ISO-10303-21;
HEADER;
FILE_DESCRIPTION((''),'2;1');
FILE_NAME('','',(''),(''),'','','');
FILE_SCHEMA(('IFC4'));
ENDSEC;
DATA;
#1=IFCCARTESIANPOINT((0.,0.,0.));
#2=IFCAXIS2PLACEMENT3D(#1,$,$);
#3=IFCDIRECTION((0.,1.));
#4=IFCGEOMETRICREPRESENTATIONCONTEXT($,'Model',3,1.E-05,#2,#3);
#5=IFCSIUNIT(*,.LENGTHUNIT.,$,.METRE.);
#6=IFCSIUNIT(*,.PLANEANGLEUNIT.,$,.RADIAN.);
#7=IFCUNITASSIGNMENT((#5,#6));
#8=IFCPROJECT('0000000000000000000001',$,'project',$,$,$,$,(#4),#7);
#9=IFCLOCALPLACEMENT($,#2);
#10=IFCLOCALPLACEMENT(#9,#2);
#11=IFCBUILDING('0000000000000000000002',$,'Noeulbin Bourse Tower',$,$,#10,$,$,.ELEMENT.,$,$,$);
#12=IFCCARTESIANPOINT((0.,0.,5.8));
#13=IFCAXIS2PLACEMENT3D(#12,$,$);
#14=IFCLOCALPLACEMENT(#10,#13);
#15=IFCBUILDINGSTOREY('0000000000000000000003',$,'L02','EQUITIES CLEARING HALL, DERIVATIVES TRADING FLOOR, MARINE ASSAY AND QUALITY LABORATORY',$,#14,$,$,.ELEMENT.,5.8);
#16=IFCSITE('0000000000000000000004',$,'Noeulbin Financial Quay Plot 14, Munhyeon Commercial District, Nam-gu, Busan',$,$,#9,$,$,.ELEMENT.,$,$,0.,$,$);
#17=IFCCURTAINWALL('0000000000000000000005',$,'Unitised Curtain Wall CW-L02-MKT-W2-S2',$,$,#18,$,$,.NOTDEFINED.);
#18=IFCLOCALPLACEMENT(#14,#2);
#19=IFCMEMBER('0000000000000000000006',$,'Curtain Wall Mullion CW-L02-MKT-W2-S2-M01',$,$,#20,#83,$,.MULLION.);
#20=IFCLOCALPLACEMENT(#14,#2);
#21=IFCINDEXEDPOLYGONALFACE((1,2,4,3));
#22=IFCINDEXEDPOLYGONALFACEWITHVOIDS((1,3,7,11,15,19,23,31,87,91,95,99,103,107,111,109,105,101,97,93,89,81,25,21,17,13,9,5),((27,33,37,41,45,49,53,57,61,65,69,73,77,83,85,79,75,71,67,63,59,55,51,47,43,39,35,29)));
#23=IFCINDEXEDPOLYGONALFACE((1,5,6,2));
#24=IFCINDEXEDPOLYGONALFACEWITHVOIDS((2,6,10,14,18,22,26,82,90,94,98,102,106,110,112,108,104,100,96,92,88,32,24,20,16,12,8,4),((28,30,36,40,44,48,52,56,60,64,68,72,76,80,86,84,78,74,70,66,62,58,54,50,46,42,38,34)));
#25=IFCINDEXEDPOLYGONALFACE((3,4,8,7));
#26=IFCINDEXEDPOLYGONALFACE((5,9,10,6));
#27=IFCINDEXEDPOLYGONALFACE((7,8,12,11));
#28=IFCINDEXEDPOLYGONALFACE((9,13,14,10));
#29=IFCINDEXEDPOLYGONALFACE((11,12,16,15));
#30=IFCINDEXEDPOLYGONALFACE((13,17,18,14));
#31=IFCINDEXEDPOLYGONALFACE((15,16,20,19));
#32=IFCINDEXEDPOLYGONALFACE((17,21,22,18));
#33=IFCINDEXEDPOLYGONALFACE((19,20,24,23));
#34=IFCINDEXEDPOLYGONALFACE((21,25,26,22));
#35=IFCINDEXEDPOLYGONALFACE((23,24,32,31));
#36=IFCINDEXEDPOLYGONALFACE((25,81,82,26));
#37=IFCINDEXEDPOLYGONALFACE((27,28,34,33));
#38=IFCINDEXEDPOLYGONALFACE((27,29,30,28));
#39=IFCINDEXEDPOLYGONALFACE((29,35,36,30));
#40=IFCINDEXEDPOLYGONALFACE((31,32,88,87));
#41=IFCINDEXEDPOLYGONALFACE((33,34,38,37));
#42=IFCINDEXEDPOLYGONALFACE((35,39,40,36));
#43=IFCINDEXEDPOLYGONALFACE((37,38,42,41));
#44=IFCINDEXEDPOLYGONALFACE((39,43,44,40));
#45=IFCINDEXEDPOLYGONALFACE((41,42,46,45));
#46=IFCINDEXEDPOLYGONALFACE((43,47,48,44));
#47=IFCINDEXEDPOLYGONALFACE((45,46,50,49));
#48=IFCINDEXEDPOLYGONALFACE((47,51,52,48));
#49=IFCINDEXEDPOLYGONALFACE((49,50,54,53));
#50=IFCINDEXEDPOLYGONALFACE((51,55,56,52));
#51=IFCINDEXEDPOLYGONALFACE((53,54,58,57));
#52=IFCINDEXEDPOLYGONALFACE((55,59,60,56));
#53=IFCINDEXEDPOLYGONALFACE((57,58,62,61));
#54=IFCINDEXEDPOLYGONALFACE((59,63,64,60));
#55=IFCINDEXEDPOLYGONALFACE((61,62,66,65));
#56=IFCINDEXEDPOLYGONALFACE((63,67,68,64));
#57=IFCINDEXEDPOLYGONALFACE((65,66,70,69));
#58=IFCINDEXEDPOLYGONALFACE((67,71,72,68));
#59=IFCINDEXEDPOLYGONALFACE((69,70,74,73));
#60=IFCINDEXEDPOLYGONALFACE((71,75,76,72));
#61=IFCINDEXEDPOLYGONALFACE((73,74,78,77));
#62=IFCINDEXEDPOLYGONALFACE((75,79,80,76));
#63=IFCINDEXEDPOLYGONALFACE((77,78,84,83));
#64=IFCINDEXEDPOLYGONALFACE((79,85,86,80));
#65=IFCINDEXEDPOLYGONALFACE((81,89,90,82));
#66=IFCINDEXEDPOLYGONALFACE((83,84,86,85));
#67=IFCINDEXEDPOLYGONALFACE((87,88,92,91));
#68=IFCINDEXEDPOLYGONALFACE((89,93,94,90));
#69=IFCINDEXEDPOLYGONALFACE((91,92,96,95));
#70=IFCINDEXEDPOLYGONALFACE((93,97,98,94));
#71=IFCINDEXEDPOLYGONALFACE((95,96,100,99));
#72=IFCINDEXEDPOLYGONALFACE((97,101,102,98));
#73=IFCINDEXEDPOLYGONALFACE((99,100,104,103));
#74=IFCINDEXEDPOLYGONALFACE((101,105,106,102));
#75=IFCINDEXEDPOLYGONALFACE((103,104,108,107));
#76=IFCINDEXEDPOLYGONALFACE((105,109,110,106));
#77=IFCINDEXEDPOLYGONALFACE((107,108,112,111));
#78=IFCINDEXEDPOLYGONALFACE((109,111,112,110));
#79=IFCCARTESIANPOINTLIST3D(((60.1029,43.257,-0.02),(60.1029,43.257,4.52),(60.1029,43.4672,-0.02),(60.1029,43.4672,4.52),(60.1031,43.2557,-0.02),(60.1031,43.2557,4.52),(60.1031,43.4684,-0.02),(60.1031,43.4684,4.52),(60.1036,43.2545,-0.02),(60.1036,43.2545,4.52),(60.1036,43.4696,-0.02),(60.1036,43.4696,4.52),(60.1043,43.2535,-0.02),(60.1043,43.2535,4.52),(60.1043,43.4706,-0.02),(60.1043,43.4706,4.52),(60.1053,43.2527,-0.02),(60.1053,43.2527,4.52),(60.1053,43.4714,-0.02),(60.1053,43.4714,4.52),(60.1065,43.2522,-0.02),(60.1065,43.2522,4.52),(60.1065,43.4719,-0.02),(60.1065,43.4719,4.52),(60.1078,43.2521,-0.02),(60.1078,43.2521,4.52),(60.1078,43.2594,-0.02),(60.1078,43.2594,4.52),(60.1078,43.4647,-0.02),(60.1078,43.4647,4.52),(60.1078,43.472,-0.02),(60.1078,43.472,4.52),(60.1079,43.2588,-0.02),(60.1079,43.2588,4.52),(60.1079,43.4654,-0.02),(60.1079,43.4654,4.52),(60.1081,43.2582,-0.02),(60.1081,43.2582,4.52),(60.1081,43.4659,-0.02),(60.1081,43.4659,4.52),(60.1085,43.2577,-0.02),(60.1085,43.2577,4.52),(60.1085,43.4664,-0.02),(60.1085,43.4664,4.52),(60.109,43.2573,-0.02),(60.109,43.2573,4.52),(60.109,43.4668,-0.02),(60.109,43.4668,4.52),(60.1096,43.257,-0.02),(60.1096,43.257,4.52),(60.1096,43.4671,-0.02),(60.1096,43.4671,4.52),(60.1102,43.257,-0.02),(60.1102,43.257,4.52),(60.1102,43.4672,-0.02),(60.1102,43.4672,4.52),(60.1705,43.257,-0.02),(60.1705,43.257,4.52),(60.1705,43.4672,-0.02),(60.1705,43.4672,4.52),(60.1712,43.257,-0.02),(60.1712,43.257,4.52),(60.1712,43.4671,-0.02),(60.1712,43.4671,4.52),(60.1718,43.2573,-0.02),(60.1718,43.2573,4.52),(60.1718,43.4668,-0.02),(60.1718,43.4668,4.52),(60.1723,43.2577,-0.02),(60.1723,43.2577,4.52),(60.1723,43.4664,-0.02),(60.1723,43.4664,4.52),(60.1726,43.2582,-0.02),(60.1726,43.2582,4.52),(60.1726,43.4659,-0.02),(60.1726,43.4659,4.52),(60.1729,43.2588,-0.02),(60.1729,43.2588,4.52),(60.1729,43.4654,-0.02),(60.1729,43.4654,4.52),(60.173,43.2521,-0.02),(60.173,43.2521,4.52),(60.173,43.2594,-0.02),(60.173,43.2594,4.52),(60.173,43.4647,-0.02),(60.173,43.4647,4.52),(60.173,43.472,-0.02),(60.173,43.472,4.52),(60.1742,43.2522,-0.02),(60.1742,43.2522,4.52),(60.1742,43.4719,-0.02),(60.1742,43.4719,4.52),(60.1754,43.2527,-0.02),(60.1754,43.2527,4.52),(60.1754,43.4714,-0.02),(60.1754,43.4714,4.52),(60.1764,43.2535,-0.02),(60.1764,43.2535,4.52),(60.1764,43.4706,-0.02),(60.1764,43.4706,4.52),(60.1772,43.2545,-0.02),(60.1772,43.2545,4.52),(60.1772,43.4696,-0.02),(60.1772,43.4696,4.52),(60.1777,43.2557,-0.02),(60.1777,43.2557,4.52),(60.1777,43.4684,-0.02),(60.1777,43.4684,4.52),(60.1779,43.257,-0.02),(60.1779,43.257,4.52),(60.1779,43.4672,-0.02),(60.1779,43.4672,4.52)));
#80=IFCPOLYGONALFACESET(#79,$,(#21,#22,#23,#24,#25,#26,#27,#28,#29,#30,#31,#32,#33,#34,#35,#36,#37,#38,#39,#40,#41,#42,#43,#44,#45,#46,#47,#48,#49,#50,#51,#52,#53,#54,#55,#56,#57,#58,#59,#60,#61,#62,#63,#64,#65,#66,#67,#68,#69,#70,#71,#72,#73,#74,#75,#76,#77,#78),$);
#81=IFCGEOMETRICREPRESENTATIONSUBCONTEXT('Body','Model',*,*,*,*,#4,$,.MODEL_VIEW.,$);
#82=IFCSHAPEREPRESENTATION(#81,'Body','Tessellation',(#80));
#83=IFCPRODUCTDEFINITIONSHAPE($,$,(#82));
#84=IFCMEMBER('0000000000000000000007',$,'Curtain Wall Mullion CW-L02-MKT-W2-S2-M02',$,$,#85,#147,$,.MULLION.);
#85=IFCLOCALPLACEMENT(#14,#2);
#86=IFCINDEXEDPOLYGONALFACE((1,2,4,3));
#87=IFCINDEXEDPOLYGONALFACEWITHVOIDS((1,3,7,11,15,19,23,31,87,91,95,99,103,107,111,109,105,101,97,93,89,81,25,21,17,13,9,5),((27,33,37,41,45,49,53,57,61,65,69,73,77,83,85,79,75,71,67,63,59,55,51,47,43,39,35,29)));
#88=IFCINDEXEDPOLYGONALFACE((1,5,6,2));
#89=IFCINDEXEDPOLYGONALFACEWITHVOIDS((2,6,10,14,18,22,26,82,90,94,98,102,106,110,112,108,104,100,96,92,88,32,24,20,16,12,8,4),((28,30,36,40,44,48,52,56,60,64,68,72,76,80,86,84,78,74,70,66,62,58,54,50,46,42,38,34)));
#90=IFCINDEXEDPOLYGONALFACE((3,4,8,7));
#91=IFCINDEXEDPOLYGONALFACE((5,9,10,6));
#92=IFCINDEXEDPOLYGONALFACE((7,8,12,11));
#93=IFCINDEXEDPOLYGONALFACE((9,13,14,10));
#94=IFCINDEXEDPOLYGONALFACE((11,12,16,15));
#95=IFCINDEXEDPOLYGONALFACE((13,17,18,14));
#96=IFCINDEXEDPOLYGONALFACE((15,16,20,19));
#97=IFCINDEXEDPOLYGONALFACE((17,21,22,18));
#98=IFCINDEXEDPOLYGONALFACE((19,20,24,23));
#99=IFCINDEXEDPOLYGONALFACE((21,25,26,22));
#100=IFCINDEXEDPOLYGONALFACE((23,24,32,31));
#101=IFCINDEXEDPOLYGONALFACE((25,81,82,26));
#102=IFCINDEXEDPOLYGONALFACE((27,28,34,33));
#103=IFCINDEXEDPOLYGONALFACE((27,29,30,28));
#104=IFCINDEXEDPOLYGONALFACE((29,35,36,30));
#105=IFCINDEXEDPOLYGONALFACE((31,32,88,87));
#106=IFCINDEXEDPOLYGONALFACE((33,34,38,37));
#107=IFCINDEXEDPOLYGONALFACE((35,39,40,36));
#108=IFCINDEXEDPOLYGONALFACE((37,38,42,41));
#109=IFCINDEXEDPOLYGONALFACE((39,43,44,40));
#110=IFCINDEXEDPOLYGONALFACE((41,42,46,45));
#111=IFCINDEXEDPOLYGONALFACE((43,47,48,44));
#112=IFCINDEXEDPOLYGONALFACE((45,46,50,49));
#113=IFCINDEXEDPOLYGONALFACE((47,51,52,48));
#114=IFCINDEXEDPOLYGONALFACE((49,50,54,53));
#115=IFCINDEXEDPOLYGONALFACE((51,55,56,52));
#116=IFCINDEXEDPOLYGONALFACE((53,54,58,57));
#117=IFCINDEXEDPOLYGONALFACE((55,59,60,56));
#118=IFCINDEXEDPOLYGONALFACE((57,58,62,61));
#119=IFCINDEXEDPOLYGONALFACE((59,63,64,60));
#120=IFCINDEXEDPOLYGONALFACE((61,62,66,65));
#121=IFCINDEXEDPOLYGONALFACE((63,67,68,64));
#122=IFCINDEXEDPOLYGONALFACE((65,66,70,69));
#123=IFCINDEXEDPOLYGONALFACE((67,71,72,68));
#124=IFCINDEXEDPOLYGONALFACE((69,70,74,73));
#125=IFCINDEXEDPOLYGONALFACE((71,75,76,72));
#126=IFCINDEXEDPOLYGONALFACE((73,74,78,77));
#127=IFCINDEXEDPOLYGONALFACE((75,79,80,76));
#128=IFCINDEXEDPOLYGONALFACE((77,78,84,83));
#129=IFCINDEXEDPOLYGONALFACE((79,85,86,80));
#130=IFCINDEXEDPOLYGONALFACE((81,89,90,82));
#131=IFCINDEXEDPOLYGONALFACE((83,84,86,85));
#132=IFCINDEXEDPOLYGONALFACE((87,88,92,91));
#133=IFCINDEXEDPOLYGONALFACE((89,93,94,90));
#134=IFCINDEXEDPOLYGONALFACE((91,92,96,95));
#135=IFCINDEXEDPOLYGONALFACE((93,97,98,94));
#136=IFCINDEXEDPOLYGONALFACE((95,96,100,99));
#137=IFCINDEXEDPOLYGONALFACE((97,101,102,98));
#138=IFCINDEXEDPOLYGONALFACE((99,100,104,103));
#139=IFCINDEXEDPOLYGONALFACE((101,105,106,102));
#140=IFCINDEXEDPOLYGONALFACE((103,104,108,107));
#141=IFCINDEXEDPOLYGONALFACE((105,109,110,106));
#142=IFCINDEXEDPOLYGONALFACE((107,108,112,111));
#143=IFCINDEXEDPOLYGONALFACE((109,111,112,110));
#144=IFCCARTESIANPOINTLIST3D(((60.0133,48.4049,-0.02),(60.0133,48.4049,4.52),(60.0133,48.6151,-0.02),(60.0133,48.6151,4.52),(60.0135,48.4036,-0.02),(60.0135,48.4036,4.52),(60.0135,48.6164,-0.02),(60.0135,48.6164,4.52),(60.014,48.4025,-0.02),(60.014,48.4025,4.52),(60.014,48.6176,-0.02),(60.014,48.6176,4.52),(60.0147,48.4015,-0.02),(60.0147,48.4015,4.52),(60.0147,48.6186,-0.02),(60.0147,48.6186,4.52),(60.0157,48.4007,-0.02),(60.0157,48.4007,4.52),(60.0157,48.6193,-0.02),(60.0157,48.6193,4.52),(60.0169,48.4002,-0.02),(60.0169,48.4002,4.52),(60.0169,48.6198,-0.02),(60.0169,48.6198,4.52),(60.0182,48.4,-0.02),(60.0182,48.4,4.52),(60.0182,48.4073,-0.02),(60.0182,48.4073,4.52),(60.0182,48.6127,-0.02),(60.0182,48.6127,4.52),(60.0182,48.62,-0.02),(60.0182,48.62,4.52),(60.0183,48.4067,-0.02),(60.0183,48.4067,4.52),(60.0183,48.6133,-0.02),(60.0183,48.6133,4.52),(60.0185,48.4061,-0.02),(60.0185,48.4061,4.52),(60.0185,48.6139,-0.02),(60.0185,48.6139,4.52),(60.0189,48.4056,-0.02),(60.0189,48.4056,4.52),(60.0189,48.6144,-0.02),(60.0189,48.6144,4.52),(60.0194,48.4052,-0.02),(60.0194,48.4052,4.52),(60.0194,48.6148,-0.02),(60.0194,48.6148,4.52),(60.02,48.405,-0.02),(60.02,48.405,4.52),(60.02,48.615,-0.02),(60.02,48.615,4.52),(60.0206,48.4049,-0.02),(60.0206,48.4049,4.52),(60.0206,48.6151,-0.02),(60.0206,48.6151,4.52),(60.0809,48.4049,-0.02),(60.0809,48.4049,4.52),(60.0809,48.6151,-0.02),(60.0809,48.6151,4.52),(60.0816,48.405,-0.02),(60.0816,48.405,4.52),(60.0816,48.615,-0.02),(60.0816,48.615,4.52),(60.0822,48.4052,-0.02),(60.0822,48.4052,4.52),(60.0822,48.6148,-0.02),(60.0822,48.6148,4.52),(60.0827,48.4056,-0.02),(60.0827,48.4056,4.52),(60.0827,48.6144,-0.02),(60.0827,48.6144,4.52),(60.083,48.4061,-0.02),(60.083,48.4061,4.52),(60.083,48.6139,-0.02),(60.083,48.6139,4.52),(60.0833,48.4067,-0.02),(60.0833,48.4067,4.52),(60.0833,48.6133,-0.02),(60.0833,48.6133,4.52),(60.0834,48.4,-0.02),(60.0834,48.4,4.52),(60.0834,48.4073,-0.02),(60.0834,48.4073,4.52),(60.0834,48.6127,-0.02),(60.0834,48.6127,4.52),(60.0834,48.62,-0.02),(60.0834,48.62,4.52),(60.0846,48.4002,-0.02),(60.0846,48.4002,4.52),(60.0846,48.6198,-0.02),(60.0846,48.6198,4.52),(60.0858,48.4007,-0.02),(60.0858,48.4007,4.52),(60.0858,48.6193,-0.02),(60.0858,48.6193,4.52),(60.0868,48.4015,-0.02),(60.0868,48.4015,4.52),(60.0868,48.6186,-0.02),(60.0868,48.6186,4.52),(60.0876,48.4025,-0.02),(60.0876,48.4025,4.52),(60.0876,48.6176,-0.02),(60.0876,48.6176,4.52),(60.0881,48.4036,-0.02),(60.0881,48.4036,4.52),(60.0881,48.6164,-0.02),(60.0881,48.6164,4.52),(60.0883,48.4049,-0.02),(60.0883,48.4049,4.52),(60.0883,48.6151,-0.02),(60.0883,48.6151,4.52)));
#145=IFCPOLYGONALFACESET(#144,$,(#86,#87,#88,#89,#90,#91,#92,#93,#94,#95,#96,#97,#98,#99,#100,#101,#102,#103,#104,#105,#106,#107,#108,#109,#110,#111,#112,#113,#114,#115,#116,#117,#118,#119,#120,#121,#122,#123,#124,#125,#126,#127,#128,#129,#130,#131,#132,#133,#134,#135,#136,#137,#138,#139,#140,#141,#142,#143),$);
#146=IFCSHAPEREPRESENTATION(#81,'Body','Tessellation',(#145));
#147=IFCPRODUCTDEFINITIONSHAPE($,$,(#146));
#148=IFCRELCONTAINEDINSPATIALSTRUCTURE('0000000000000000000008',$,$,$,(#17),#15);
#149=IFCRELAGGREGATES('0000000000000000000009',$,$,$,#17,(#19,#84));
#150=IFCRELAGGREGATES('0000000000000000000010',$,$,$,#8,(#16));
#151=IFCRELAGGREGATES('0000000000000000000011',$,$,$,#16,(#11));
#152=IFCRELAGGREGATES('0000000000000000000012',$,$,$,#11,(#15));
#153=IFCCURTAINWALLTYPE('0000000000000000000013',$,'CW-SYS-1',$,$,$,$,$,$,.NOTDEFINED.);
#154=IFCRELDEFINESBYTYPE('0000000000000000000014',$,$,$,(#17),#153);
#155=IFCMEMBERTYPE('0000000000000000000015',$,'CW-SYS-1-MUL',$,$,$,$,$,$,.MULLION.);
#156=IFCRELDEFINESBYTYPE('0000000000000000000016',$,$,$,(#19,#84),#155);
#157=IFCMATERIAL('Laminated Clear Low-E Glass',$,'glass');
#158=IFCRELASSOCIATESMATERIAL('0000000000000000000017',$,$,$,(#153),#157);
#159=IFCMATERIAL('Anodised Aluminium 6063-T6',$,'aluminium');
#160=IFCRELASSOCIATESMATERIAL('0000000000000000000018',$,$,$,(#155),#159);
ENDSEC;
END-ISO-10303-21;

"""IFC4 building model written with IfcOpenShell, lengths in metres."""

from ifc_helpers import new_model, si_unit, direction, frame, origin, origin_2d, place, context, subcontext, project, spatial, hollow_rectangle, extrude, material, material_profile, profile_set, type_object, element, aggregate, save


model = new_model("IFC4")

# Units and contexts
model_context = context("Model", 3, precision=1e-05, world=origin(), true_north=direction((0.0, 1.0)))
body_context = subcontext(model_context, "Body", "Model", "MODEL_VIEW")
ifc_project = project(units=[si_unit("LENGTHUNIT", "METRE"), si_unit("PLANEANGLEUNIT", "RADIAN")], contexts=[model_context])

# Site, building, storey
site_placement = place(None, origin())
site = spatial("IfcSite", under=ifc_project, at=site_placement, Name="Noeulbin Financial Quay Plot 14, Munhyeon Commercial District, Nam-gu, Busan", CompositionType="ELEMENT", RefElevation=0.0)
building_placement = place(site_placement, origin())
building = spatial("IfcBuilding", under=site, at=building_placement, Name="Noeulbin Bourse Tower", CompositionType="ELEMENT")
storey_placement = place(building_placement, frame((0.0, 0.0, 5.8)))
storey = spatial("IfcBuildingStorey", under=building, at=storey_placement, Name="L02", Description="EQUITIES CLEARING HALL, DERIVATIVES TRADING FLOOR, MARINE ASSAY AND QUALITY LABORATORY", CompositionType="ELEMENT", Elevation=5.8)

# Shared definitions
ifc_material_1 = material(Name="Laminated Clear Low-E Glass", Category="glass")
curtain_wall_type = type_object("IfcCurtainWallType", Name="CW-SYS-1", PredefinedType="NOTDEFINED", material=ifc_material_1)
ifc_material_2 = material(Name="Anodised Aluminium 6063-T6", Category="aluminium")
ifc_material_profile_1 = material_profile(ifc_material_2, hollow_rectangle(XDim=0.075, YDim=0.22, WallThickness=0.0049, InnerFilletRadius=0.0024, OuterFilletRadius=0.0049, at=origin_2d()), Name="ALU-MULL-75x220x5", Category="LoadBearing")
ifc_profile_set_1 = profile_set([ifc_material_profile_1], Name="Anodised Aluminium 6063-T6")
member_type_1 = type_object("IfcMemberType", Name="CW-SYS-1-MUL", PredefinedType="MULLION", material=ifc_profile_set_1)

# Curtain wall, members
curtain_wall_1_placement = place(storey_placement, origin())
curtain_wall_1 = element("IfcCurtainWall", 1, at=curtain_wall_1_placement, inside=storey, type_object=curtain_wall_type, Name="Unitised Curtain Wall CW-L02-MKT-W2-S2", PredefinedType="NOTDEFINED")
member_1_placement = place(storey_placement, frame((60.1404, 43.3621, -0.02), z_axis=(0.0, 0.0, 1.0), x_axis=(1.0, 0.0, 0.0)))
member_1 = element("IfcMember", 2, at=member_1_placement, type_object=member_type_1, Name="Curtain Wall Mullion CW-L02-MKT-W2-S2-M01", PredefinedType="MULLION", context=body_context, shape_type="SweptSolid", body=[
    extrude(hollow_rectangle(XDim=0.075, YDim=0.22, WallThickness=0.0049, InnerFilletRadius=0.0024, OuterFilletRadius=0.0049, at=origin_2d()), origin(), (0.0, 0.0, 1.0), 4.54),
])
member_2_placement = place(storey_placement, frame((60.0508, 48.51, -0.02), z_axis=(0.0, 0.0, 1.0), x_axis=(1.0, 0.0, 0.0)))
member_2 = element("IfcMember", 3, at=member_2_placement, type_object=member_type_1, Name="Curtain Wall Mullion CW-L02-MKT-W2-S2-M02", PredefinedType="MULLION", context=body_context, shape_type="SweptSolid", body=[
    extrude(hollow_rectangle(XDim=0.075, YDim=0.22, WallThickness=0.0049, InnerFilletRadius=0.0024, OuterFilletRadius=0.0049, at=origin_2d()), origin(), (0.0, 0.0, 1.0), 4.54),
])
aggregate(curtain_wall_1, [member_1, member_2])

save(model, "model.ifc")
